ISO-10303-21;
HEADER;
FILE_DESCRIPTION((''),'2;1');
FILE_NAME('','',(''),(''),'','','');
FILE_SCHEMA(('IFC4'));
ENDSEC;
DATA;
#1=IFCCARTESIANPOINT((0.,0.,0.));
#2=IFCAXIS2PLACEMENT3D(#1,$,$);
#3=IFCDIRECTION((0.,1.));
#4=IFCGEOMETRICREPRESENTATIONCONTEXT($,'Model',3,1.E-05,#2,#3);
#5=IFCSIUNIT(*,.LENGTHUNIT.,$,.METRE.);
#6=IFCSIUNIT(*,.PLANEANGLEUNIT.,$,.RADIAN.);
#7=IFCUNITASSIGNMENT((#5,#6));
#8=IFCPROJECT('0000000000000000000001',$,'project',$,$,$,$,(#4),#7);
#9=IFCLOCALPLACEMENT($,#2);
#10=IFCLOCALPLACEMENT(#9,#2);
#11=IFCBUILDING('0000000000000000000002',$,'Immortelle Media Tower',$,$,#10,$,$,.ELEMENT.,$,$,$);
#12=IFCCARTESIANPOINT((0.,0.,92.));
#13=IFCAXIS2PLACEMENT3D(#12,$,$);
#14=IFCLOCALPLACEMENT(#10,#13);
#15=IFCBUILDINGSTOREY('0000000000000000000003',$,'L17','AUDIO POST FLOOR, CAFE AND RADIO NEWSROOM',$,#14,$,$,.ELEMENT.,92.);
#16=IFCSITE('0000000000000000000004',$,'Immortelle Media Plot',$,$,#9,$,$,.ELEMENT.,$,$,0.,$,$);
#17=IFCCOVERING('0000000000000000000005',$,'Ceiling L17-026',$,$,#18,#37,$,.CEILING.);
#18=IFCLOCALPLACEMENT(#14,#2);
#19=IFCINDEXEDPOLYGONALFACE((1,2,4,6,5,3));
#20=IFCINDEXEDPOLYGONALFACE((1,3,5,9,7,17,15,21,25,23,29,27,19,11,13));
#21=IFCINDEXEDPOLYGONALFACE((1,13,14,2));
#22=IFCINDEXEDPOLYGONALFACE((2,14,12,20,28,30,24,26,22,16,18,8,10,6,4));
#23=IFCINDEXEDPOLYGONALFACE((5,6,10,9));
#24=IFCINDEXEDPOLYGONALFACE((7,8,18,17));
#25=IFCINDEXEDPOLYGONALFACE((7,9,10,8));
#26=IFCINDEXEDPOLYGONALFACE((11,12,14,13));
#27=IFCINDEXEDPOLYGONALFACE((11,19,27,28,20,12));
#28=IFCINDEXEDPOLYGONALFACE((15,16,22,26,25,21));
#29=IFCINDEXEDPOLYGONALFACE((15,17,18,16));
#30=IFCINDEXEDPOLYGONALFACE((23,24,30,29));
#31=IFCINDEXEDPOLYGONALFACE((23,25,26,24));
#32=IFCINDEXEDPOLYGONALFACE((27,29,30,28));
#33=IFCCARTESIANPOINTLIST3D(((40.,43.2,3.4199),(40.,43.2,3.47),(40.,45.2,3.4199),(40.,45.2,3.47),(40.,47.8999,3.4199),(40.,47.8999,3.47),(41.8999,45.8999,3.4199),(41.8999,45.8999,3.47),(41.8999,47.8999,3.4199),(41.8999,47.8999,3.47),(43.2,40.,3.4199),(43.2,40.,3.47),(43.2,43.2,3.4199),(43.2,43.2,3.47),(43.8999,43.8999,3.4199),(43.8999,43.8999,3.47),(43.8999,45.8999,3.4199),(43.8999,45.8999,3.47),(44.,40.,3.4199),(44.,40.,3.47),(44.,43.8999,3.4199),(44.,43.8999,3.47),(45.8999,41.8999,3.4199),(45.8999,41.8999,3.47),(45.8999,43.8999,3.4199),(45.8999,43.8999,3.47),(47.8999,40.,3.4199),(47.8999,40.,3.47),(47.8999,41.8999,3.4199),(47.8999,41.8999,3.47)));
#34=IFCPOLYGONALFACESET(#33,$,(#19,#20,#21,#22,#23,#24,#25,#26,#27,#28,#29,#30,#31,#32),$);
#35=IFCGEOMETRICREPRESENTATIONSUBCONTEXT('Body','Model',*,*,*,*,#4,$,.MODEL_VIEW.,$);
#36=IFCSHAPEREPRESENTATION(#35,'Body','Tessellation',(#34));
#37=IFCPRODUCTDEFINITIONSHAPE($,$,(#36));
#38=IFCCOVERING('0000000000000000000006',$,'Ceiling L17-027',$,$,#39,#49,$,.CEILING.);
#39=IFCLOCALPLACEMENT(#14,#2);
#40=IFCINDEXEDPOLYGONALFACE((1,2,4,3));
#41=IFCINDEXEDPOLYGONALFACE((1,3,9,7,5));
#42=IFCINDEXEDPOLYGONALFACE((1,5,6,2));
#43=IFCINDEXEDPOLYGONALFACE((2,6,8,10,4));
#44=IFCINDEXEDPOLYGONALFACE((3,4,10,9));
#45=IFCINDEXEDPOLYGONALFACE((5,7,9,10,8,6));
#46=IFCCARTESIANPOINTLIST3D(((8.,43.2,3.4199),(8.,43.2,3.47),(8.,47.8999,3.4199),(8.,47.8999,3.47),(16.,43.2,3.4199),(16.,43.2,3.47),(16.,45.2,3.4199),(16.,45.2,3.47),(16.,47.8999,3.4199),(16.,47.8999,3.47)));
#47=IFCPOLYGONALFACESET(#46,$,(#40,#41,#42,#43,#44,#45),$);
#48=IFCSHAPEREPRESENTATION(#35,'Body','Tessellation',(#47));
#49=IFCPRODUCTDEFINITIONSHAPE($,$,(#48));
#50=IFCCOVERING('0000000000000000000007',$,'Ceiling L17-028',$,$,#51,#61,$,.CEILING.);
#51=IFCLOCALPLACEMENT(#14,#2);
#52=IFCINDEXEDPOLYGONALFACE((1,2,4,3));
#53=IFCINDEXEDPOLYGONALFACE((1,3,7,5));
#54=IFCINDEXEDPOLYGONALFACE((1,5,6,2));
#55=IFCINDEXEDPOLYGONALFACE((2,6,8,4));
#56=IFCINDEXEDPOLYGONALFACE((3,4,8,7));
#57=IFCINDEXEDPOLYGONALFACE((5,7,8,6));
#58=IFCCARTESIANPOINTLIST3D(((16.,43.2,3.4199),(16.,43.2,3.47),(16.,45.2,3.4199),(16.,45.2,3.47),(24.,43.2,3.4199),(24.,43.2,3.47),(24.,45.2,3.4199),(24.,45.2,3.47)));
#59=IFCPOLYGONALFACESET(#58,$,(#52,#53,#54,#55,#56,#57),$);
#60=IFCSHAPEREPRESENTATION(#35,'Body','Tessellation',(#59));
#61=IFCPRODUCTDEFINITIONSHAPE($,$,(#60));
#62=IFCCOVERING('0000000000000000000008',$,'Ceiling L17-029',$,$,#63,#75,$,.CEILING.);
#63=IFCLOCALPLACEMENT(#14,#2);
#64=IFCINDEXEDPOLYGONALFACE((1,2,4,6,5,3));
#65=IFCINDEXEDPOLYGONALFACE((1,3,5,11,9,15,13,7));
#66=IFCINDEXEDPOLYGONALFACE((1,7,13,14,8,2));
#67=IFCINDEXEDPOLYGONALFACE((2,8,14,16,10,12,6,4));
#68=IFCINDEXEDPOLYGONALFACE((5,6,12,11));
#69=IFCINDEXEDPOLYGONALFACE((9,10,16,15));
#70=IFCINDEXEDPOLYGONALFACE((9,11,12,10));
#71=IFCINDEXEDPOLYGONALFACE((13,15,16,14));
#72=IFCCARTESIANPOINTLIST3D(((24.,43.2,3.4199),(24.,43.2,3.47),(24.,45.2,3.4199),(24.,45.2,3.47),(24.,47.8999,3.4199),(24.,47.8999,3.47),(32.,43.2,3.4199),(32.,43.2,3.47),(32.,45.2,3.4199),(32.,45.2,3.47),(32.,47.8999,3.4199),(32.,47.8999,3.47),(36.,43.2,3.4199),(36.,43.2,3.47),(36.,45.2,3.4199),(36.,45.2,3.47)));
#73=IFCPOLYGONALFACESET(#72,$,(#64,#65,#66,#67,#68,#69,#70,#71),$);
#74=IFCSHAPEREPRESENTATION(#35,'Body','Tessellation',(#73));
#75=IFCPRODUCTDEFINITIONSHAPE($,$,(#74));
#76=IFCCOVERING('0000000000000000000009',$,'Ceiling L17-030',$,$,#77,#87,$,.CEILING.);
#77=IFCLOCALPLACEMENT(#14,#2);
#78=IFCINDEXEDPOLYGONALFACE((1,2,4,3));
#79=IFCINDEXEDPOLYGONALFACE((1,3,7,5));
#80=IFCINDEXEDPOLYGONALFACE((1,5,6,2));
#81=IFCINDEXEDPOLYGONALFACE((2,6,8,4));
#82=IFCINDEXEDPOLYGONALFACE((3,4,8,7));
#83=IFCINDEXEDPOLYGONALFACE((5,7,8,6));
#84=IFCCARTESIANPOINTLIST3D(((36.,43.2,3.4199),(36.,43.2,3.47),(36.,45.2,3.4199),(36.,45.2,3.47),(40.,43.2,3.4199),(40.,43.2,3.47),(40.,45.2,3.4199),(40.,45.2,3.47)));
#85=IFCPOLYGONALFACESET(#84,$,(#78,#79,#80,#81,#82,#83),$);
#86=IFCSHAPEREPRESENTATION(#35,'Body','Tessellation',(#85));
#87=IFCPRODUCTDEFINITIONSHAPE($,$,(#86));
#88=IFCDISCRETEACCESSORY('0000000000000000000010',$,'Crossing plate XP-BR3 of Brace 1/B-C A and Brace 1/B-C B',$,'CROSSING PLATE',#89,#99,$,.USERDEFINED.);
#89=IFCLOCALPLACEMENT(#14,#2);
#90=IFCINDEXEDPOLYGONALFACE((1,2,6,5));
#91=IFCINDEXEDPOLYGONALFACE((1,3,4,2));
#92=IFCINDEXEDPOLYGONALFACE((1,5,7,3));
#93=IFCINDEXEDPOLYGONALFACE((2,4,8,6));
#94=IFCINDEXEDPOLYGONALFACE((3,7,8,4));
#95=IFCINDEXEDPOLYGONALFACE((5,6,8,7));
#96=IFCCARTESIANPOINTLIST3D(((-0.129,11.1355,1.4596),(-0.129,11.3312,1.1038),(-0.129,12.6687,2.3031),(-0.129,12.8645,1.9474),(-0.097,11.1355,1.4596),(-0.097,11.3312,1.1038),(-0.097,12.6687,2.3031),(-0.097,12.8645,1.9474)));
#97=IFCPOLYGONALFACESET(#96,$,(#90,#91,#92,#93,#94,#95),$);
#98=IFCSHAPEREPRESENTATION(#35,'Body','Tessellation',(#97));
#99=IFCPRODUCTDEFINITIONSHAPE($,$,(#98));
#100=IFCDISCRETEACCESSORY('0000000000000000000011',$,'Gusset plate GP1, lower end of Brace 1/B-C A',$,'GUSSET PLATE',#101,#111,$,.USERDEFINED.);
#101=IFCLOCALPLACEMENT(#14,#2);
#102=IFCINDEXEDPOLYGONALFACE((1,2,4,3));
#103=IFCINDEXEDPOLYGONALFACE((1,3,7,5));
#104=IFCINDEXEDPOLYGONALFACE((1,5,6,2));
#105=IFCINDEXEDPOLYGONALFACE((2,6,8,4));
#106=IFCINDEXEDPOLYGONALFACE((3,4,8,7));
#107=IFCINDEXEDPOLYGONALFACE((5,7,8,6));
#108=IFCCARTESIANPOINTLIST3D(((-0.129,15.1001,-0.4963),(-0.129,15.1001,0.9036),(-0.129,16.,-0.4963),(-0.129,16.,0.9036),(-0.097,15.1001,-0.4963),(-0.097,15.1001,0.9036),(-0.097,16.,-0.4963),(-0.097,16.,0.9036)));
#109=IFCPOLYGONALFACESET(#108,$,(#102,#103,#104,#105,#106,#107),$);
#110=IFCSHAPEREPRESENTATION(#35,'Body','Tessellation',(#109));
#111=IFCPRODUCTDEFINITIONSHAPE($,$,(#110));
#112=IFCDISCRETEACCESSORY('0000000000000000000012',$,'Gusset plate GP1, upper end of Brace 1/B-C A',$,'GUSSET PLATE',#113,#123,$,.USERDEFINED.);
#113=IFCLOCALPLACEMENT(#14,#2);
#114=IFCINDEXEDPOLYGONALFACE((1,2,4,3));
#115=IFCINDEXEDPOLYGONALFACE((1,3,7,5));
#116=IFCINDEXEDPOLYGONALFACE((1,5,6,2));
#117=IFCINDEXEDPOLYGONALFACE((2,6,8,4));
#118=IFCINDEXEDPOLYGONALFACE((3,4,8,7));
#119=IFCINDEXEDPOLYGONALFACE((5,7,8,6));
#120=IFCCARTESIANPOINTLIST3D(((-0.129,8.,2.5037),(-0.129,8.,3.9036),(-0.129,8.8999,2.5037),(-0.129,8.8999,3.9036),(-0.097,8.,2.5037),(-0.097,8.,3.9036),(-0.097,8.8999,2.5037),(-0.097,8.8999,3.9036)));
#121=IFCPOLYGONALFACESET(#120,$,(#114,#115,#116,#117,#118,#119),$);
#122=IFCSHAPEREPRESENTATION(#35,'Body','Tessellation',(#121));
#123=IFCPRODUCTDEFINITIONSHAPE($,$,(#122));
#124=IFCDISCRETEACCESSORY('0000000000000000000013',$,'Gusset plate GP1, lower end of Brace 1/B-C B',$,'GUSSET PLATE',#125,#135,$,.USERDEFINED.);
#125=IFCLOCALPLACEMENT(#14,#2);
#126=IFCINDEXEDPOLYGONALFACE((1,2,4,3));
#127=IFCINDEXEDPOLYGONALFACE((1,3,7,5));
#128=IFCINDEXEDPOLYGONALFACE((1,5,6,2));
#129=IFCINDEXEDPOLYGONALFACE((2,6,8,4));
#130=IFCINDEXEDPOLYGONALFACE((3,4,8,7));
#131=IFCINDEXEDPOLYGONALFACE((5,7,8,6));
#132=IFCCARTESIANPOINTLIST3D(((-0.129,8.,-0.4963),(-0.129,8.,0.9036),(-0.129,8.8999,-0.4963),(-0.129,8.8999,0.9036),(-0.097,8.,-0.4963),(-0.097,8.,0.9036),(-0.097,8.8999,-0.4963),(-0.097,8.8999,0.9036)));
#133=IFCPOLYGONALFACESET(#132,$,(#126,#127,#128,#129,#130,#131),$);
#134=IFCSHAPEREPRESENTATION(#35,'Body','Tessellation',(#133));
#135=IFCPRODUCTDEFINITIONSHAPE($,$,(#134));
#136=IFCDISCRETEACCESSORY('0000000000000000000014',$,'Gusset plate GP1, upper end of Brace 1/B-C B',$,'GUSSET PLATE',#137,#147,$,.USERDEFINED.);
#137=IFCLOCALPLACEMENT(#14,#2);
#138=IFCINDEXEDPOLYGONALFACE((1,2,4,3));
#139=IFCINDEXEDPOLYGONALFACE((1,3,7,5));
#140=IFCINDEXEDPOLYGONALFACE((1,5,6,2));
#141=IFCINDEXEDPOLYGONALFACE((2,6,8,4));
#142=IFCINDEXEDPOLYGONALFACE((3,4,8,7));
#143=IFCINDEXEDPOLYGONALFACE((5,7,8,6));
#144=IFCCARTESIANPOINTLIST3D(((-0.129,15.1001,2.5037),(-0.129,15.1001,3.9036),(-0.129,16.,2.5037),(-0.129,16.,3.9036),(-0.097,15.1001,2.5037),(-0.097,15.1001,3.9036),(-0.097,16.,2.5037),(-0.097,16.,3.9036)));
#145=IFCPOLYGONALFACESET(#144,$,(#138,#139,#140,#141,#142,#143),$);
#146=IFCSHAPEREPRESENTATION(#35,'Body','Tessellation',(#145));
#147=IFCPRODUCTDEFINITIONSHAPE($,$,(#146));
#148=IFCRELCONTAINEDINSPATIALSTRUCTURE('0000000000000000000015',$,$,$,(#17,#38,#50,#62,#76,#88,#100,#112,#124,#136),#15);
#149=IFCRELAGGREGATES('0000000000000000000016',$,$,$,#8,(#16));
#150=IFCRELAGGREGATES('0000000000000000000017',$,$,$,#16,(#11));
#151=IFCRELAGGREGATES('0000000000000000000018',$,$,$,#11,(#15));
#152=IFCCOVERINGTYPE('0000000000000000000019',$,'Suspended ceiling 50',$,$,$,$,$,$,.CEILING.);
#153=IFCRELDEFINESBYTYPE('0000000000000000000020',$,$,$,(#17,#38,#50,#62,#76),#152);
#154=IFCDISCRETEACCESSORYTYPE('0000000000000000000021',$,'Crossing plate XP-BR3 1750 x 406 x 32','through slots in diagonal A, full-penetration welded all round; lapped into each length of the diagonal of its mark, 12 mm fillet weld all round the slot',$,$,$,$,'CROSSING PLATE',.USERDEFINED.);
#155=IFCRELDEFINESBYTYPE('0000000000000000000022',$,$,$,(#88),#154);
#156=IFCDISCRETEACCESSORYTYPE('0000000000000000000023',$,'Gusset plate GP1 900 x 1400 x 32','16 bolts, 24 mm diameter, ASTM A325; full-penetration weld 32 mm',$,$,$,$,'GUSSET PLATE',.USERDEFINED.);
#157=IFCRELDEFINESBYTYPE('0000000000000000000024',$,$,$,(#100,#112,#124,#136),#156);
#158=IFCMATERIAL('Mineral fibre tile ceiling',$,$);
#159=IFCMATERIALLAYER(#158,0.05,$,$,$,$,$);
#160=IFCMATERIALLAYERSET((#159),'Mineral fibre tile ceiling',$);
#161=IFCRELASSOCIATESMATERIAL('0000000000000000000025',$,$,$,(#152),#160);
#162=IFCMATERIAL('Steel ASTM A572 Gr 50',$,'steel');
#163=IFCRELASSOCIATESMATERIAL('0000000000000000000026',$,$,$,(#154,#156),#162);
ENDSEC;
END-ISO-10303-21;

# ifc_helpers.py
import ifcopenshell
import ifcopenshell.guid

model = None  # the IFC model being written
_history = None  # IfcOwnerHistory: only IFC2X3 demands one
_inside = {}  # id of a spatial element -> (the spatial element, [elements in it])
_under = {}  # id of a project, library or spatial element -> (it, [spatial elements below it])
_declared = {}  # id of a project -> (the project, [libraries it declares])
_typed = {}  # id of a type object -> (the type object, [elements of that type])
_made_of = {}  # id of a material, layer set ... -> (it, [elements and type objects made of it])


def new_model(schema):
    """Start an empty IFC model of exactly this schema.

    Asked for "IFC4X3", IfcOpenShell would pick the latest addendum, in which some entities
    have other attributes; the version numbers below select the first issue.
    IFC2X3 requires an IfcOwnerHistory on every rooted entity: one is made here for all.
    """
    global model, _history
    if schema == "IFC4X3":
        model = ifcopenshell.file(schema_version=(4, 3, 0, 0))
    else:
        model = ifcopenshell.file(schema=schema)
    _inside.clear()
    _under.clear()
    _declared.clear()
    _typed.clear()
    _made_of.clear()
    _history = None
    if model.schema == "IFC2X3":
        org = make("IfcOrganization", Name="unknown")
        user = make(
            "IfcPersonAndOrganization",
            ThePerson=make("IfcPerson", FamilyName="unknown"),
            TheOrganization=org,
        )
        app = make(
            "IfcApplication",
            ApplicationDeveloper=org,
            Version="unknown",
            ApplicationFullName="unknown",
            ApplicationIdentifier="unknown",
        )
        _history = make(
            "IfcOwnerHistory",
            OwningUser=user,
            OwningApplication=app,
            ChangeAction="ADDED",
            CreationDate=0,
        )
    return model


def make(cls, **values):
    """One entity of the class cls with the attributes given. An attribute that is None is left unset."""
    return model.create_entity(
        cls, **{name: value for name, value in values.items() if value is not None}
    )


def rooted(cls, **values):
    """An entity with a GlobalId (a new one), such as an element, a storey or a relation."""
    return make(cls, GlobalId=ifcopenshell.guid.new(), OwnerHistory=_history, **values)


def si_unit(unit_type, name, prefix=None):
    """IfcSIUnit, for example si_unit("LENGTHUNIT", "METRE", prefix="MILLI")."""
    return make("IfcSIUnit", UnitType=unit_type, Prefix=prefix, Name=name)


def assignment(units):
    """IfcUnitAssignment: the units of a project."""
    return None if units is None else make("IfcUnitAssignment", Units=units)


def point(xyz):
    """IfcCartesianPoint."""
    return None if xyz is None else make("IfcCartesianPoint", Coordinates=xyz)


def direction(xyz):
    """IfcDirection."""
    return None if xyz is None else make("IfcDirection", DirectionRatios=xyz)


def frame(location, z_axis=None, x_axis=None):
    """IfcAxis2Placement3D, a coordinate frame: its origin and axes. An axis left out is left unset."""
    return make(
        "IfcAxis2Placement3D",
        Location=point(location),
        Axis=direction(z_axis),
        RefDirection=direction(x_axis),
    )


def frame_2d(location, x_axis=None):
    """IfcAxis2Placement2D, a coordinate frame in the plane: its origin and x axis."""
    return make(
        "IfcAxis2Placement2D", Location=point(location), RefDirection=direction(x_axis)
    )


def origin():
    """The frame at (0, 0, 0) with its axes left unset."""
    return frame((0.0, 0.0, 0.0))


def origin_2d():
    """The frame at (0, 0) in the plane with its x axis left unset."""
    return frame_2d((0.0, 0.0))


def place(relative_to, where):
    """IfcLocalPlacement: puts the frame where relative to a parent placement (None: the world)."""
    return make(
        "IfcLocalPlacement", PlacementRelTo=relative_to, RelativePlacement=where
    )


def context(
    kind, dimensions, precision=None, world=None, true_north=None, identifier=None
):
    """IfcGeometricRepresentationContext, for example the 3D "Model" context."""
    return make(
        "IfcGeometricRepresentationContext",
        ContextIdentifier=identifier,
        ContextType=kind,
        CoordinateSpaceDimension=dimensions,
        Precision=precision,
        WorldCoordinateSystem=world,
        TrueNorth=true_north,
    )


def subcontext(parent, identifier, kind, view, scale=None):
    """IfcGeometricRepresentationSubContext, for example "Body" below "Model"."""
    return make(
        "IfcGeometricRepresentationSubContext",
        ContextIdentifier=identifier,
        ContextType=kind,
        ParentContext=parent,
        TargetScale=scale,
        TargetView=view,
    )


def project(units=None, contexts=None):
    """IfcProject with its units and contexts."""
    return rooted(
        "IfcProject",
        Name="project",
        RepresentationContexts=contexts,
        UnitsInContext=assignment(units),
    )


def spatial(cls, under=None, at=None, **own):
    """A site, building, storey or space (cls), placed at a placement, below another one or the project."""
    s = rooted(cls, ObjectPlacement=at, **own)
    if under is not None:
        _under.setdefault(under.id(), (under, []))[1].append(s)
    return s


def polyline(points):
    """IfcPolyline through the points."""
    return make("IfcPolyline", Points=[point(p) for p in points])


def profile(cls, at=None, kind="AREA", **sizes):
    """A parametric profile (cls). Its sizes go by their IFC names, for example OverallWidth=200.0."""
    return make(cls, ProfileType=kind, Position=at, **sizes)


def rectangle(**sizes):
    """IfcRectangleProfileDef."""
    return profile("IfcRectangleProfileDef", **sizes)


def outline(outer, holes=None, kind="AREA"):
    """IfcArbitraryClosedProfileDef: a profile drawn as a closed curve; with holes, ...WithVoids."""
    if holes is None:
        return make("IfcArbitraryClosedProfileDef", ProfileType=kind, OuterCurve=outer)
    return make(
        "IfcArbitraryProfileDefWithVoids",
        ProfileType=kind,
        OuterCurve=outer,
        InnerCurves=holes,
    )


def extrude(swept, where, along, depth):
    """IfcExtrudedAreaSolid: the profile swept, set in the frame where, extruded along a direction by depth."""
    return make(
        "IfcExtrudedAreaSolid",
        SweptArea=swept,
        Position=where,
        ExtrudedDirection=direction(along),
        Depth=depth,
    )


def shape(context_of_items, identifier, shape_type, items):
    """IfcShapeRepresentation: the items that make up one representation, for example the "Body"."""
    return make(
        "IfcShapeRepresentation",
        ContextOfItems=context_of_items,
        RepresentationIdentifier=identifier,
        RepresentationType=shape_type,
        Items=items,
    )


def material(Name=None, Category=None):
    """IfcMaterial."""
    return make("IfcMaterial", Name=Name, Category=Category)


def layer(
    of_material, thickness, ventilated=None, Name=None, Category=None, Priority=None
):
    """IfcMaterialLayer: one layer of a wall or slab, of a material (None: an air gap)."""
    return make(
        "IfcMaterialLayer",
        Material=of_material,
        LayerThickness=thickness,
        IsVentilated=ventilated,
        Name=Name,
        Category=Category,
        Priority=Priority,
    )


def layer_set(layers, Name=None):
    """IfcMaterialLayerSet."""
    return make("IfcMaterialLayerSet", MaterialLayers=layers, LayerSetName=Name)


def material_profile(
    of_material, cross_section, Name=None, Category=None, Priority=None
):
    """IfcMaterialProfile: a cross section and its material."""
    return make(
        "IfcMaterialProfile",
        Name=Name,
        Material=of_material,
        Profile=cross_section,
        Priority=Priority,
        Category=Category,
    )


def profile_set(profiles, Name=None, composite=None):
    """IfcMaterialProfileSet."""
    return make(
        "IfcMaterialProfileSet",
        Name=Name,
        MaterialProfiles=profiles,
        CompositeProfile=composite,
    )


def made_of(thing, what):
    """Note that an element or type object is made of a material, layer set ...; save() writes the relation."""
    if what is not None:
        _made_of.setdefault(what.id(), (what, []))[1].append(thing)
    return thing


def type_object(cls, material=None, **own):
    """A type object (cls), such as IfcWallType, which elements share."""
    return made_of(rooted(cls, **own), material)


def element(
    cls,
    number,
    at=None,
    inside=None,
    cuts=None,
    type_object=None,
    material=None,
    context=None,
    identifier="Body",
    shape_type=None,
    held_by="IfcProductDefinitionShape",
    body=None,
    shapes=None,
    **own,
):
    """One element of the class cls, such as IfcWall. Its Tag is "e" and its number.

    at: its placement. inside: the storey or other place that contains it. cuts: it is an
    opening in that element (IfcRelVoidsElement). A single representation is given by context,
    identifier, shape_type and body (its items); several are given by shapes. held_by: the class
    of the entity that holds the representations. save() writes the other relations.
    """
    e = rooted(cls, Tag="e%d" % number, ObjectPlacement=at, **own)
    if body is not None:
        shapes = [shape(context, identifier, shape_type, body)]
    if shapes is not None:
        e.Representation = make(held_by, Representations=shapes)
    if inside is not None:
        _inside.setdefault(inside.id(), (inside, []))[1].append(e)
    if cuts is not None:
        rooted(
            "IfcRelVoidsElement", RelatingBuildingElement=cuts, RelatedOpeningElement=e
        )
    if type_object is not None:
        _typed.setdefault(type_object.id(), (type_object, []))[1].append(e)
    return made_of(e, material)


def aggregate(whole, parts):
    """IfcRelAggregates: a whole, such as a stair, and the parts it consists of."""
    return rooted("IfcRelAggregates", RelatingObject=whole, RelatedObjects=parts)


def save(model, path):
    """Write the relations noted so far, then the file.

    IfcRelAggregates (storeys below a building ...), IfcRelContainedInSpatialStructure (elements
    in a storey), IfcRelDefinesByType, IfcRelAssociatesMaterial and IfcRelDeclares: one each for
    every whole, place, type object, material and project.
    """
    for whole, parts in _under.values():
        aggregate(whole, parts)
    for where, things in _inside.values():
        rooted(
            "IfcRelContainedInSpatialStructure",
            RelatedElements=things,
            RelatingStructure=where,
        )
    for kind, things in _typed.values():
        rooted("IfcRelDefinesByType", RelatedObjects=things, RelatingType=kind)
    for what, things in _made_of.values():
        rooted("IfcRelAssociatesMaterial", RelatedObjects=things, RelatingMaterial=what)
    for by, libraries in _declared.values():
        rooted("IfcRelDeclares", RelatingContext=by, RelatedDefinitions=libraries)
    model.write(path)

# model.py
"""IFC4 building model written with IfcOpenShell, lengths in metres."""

from ifc_helpers import new_model, si_unit, direction, frame, origin, origin_2d, place, context, subcontext, project, spatial, polyline, rectangle, outline, extrude, material, layer, layer_set, material_profile, profile_set, type_object, element, save


model = new_model("IFC4")

# Units and contexts
model_context = context("Model", 3, precision=1e-05, world=origin(), true_north=direction((0.0, 1.0)))
body_context = subcontext(model_context, "Body", "Model", "MODEL_VIEW")
ifc_project = project(units=[si_unit("LENGTHUNIT", "METRE"), si_unit("PLANEANGLEUNIT", "RADIAN")], contexts=[model_context])

# Site, building, storey
site_placement = place(None, origin())
site = spatial("IfcSite", under=ifc_project, at=site_placement, Name="Immortelle Media Plot", CompositionType="ELEMENT", RefElevation=0.0)
building_placement = place(site_placement, origin())
building = spatial("IfcBuilding", under=site, at=building_placement, Name="Immortelle Media Tower", CompositionType="ELEMENT")
storey_placement = place(building_placement, frame((0.0, 0.0, 92.0)))
storey = spatial("IfcBuildingStorey", under=building, at=storey_placement, Name="L17", Description="AUDIO POST FLOOR, CAFE AND RADIO NEWSROOM", CompositionType="ELEMENT", Elevation=92.0)

# Coverings
ifc_material_1 = material(Name="Mineral fibre tile ceiling")
ifc_layer = layer(ifc_material_1, 0.05)
ifc_layer_set = layer_set([ifc_layer], Name="Mineral fibre tile ceiling")
covering_type = type_object("IfcCoveringType", Name="Suspended ceiling 50", PredefinedType="CEILING", material=ifc_layer_set)
covering_1_placement = place(storey_placement, frame((0.0, 0.0, 3.4199)))
element("IfcCovering", 1, at=covering_1_placement, inside=storey, type_object=covering_type, Name="Ceiling L17-026", PredefinedType="CEILING", context=body_context, shape_type="SweptSolid", body=[
    extrude(outline(polyline([(45.8999, 41.8999), (47.8999, 41.8999), (47.8999, 40.0), (44.0, 40.0), (43.2, 40.0), (43.2, 43.2), (40.0, 43.2), (40.0, 45.2), (40.0, 47.8999), (41.8999, 47.8999), (41.8999, 45.8999), (43.8999, 45.8999), (43.8999, 43.8999), (44.0, 43.8999), (45.8999, 43.8999), (45.8999, 41.8999)])), origin(), (0.0, 0.0, 1.0), 0.05),
])
covering_2_placement = place(storey_placement, frame((0.0, 0.0, 3.4199)))
element("IfcCovering", 2, at=covering_2_placement, inside=storey, type_object=covering_type, Name="Ceiling L17-027", PredefinedType="CEILING", context=body_context, shape_type="SweptSolid", body=[
    extrude(outline(polyline([(8.0, 43.2), (8.0, 47.8999), (16.0, 47.8999), (16.0, 45.2), (16.0, 43.2), (8.0, 43.2)])), origin(), (0.0, 0.0, 1.0), 0.05),
])
covering_3_placement = place(storey_placement, frame((0.0, 0.0, 3.4199)))
element("IfcCovering", 3, at=covering_3_placement, inside=storey, type_object=covering_type, Name="Ceiling L17-028", PredefinedType="CEILING", context=body_context, shape_type="SweptSolid", body=[
    extrude(outline(polyline([(24.0, 43.2), (16.0, 43.2), (16.0, 45.2), (24.0, 45.2), (24.0, 43.2)])), origin(), (0.0, 0.0, 1.0), 0.05),
])
covering_4_placement = place(storey_placement, frame((0.0, 0.0, 3.4199)))
element("IfcCovering", 4, at=covering_4_placement, inside=storey, type_object=covering_type, Name="Ceiling L17-029", PredefinedType="CEILING", context=body_context, shape_type="SweptSolid", body=[
    extrude(outline(polyline([(32.0, 43.2), (24.0, 43.2), (24.0, 45.2), (24.0, 47.8999), (32.0, 47.8999), (32.0, 45.2), (36.0, 45.2), (36.0, 43.2), (32.0, 43.2)])), origin(), (0.0, 0.0, 1.0), 0.05),
])
covering_5_placement = place(storey_placement, frame((0.0, 0.0, 3.4199)))
element("IfcCovering", 5, at=covering_5_placement, inside=storey, type_object=covering_type, Name="Ceiling L17-030", PredefinedType="CEILING", context=body_context, shape_type="SweptSolid", body=[
    extrude(outline(polyline([(40.0, 43.2), (36.0, 43.2), (36.0, 45.2), (40.0, 45.2), (40.0, 43.2)])), origin(), (0.0, 0.0, 1.0), 0.05),
])

# Discrete accessories
ifc_material_2 = material(Name="Steel ASTM A572 Gr 50", Category="steel")
ifc_material_profile_1 = material_profile(ifc_material_2, rectangle(XDim=0.032, YDim=0.406, at=origin_2d()), Name="PL 32 x 406")
ifc_profile_set_1 = profile_set([ifc_material_profile_1], Name="Steel ASTM A572 Gr 50")
discrete_accessory_type_1 = type_object("IfcDiscreteAccessoryType", Name="Crossing plate XP-BR3 1750 x 406 x 32", Description="through slots in diagonal A, full-penetration welded all round; lapped into each length of the diagonal of its mark, 12 mm fillet weld all round the slot", ElementType="CROSSING PLATE", PredefinedType="USERDEFINED", material=ifc_profile_set_1)
discrete_accessory_placement = place(storey_placement, frame((-0.113, 12.7666, 2.1252), z_axis=(0.0, -0.876157, -0.482026), x_axis=(1.0, 0.0, 0.0)))
element("IfcDiscreteAccessory", 6, at=discrete_accessory_placement, inside=storey, type_object=discrete_accessory_type_1, Name="Crossing plate XP-BR3 of Brace 1/B-C A and Brace 1/B-C B", ObjectType="CROSSING PLATE", PredefinedType="USERDEFINED", context=body_context, shape_type="SweptSolid", body=[
    extrude(rectangle(XDim=0.032, YDim=0.406, at=origin_2d()), origin(), (0.0, 0.0, 1.0), 1.75),
])
ifc_material_profile_2 = material_profile(ifc_material_2, rectangle(XDim=0.032, YDim=1.3999, at=origin_2d()), Name="PL 32 x 1400")
ifc_profile_set_2 = profile_set([ifc_material_profile_2], Name="Steel ASTM A572 Gr 50")
discrete_accessory_type_2 = type_object("IfcDiscreteAccessoryType", Name="Gusset plate GP1 900 x 1400 x 32", Description="16 bolts, 24 mm diameter, ASTM A325; full-penetration weld 32 mm", ElementType="GUSSET PLATE", PredefinedType="USERDEFINED", material=ifc_profile_set_2)
for number, where, z_axis, x_axis, name in (
    (7, (-0.113, 16.0, 0.2036), (0.0, -1.0, 0.0), (1.0, 0.0, 0.0), "Gusset plate GP1, lower end of Brace 1/B-C A"),
    (8, (-0.113, 8.0, 3.2036), (0.0, 1.0, 0.0), (-1.0, 0.0, 0.0), "Gusset plate GP1, upper end of Brace 1/B-C A"),
    (9, (-0.113, 8.0, 0.2036), (0.0, 1.0, 0.0), (-1.0, 0.0, 0.0), "Gusset plate GP1, lower end of Brace 1/B-C B"),
    (10, (-0.113, 16.0, 3.2036), (0.0, -1.0, 0.0), (1.0, 0.0, 0.0), "Gusset plate GP1, upper end of Brace 1/B-C B"),
):
    element("IfcDiscreteAccessory", number, at=place(storey_placement, frame(where, z_axis=z_axis, x_axis=x_axis)), inside=storey, type_object=discrete_accessory_type_2, Name=name, ObjectType="GUSSET PLATE", PredefinedType="USERDEFINED", context=body_context, shape_type="SweptSolid", body=[
        extrude(rectangle(XDim=0.032, YDim=1.3999, at=origin_2d()), origin(), (0.0, 0.0, 1.0), 0.8999),
    ])

save(model, "model.ifc")
